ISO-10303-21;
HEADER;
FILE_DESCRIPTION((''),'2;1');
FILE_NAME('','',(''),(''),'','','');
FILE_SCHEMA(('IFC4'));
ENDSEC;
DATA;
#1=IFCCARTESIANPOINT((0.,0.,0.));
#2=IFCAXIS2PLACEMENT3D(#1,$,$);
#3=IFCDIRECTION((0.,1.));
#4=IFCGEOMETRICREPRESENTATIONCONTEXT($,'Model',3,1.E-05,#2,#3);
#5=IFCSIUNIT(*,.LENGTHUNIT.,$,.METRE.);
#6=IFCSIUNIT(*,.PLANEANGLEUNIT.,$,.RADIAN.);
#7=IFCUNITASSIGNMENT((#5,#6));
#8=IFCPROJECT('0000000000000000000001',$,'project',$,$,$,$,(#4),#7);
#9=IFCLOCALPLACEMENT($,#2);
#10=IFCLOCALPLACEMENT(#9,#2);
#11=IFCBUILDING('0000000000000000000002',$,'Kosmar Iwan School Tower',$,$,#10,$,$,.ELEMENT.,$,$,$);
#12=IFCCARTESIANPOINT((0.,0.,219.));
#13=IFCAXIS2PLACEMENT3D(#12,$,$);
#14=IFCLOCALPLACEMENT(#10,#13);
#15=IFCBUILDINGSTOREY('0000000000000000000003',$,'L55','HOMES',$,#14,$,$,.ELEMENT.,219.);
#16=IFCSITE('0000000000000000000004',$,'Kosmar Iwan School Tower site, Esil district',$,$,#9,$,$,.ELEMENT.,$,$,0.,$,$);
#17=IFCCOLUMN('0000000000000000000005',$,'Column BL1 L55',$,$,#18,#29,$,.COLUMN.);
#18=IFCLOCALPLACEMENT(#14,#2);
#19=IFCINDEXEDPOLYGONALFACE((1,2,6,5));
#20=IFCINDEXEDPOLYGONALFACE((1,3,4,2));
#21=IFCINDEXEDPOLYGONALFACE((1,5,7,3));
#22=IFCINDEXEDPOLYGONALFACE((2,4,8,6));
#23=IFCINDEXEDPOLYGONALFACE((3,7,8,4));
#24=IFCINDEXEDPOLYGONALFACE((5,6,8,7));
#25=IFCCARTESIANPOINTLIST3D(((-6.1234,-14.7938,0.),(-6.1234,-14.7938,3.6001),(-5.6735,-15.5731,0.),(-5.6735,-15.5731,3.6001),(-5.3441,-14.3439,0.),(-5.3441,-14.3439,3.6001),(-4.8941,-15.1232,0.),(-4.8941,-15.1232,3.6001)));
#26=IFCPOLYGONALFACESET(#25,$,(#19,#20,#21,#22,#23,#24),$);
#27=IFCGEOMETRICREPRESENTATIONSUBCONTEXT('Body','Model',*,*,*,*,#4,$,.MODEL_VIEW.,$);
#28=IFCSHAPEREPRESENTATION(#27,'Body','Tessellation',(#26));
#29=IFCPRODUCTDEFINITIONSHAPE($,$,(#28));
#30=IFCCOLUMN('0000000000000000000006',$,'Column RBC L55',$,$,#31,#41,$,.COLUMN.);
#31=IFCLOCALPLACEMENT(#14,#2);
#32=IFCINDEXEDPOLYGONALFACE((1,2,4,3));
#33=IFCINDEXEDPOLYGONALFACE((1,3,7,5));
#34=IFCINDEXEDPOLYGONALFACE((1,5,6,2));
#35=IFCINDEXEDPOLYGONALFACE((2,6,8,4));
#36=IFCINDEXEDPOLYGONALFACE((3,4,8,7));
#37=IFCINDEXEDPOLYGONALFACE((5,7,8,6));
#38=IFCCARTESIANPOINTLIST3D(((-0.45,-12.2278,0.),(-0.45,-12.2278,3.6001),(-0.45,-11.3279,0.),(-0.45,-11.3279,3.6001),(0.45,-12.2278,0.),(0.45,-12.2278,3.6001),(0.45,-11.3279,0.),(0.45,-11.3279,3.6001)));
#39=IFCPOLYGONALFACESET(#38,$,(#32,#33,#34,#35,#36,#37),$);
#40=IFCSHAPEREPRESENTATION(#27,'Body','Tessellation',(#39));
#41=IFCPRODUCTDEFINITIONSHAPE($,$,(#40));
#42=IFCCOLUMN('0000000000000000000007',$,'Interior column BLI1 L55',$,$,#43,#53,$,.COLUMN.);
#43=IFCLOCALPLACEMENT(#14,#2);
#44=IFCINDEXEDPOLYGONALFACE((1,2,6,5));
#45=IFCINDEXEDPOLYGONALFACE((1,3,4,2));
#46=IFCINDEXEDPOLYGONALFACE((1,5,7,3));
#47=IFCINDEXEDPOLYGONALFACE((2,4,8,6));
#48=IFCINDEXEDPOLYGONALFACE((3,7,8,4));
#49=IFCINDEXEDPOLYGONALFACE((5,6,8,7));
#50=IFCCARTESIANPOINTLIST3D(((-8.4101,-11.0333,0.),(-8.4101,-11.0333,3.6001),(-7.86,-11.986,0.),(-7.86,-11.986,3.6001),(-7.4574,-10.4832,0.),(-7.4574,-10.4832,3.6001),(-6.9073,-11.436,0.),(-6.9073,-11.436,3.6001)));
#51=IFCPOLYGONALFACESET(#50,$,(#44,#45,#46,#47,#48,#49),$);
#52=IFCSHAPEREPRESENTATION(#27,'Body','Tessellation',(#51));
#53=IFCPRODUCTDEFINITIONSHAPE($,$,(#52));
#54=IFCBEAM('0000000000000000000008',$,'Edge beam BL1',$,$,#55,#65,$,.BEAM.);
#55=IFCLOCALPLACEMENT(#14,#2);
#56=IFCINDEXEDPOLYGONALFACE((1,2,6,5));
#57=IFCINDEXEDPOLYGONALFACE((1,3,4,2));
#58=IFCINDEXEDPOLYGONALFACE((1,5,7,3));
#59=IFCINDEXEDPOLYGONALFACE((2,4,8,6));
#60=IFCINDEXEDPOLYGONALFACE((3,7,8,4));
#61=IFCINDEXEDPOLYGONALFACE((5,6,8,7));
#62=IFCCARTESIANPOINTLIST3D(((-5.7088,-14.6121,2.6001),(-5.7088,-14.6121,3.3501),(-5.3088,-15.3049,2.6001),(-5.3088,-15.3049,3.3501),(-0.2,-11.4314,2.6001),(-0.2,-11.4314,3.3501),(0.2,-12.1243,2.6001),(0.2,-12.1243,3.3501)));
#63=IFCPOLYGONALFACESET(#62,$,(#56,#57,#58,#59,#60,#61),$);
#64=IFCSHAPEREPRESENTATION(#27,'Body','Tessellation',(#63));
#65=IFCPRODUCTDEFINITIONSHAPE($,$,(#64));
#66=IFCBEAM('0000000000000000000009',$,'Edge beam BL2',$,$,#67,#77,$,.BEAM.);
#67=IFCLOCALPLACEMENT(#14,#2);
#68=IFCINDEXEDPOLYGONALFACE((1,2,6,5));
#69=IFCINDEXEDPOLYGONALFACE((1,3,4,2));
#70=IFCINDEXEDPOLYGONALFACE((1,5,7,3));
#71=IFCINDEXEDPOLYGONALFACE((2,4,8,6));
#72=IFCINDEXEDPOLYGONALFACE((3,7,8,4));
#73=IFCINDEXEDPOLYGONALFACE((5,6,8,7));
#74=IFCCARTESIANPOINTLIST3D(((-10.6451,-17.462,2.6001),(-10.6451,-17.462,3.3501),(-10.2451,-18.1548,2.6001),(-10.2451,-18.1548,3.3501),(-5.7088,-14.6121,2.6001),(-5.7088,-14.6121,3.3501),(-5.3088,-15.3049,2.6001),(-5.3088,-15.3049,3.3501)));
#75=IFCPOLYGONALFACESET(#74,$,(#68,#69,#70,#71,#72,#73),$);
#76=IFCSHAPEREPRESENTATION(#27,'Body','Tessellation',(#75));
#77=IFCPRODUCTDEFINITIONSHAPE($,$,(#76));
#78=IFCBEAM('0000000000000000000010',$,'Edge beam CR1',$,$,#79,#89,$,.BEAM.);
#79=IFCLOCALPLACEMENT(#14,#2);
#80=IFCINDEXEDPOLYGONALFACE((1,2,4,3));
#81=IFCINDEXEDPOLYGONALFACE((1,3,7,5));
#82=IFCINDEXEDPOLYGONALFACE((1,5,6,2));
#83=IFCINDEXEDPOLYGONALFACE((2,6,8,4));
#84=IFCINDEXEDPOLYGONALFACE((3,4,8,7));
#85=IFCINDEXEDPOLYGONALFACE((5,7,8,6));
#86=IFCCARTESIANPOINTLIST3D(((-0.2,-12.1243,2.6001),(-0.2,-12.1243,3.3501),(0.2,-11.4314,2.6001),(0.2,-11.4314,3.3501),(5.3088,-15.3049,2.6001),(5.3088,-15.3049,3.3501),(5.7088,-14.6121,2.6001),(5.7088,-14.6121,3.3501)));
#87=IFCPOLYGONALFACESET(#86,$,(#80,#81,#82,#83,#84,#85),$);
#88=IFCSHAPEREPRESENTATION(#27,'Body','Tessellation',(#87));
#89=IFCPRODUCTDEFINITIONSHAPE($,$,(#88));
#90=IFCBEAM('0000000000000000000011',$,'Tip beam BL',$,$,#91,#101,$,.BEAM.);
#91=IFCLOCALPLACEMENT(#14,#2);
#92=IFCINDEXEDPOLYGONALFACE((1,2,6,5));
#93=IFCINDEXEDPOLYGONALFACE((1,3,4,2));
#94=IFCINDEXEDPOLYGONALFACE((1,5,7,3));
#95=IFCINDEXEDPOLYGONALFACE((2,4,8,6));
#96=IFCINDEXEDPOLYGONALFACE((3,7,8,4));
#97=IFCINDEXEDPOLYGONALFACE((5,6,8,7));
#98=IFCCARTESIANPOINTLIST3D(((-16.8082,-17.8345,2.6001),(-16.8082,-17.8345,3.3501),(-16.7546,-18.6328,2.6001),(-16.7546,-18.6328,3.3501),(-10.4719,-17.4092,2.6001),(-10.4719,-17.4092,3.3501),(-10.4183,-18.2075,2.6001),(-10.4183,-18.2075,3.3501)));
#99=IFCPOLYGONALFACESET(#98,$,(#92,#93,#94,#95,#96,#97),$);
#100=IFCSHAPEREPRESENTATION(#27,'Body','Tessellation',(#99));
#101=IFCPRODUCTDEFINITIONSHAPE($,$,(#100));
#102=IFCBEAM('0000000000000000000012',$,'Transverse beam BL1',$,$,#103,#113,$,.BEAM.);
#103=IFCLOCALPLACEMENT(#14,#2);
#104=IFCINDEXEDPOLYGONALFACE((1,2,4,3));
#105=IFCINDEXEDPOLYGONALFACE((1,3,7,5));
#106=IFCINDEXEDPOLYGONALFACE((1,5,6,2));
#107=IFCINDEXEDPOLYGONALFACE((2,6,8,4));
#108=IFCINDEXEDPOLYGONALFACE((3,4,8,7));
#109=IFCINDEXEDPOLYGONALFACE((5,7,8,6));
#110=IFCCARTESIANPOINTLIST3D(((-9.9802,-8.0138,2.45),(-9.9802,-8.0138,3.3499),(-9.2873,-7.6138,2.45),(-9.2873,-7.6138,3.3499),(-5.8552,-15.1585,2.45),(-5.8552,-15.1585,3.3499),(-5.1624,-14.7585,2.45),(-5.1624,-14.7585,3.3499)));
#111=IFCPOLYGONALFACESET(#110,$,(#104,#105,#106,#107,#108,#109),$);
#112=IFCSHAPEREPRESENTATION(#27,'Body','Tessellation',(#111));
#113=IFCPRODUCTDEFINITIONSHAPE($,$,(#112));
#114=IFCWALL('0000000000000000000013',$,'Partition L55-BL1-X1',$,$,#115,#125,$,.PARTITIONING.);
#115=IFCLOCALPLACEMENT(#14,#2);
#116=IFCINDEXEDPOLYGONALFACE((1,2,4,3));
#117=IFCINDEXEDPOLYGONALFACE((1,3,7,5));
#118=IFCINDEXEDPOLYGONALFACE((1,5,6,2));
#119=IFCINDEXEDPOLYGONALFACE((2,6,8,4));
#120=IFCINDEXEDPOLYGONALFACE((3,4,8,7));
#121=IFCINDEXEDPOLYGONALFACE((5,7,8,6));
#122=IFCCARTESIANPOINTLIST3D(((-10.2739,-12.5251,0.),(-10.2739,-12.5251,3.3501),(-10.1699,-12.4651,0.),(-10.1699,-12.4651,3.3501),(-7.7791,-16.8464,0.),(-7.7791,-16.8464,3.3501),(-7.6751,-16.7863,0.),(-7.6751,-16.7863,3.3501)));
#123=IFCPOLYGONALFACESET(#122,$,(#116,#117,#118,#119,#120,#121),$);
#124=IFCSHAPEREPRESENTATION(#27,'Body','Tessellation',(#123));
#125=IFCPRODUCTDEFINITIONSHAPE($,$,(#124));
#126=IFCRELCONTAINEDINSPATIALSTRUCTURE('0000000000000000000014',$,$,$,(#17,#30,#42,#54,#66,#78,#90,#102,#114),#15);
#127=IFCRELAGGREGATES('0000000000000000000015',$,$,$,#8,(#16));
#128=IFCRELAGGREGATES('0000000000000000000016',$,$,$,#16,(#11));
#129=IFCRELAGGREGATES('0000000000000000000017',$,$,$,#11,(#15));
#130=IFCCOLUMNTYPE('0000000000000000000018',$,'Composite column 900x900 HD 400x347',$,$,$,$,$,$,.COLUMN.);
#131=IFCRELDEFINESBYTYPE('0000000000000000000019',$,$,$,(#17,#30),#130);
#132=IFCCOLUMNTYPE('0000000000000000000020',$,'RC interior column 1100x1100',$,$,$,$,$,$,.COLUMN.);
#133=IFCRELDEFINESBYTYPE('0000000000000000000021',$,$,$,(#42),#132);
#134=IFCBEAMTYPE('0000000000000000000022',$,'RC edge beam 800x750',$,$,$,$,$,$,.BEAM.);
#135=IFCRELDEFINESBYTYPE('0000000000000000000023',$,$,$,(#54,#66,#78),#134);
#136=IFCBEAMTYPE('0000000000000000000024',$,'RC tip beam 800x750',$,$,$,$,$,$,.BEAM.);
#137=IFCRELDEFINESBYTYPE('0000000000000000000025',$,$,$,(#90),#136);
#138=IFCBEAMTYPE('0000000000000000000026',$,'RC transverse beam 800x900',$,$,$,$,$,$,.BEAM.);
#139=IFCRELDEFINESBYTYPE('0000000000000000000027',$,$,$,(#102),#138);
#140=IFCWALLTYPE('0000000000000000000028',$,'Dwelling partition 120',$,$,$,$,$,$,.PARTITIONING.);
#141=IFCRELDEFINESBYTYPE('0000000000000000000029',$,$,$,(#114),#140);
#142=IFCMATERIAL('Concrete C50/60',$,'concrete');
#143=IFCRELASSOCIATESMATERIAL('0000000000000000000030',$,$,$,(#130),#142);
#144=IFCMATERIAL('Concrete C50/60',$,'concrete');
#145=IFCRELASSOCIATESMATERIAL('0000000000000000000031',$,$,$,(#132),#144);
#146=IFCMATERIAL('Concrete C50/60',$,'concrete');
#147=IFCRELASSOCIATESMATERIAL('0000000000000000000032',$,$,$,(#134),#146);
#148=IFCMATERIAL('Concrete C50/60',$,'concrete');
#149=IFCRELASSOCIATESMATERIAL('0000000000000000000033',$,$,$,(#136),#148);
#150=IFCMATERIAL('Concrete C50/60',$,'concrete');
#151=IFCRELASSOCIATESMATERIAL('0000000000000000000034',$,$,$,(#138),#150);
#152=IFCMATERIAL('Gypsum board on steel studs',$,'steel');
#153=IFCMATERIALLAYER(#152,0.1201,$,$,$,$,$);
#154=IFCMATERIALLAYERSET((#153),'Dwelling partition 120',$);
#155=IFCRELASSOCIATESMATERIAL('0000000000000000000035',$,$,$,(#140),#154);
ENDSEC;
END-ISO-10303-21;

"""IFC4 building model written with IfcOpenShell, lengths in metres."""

from ifc_helpers import new_model, si_unit, direction, frame, frame_2d, origin, origin_2d, place, context, subcontext, project, spatial, rectangle, extrude, material, layer, layer_set, material_profile, profile_set, type_object, element, save


model = new_model("IFC4")

# Units and contexts
model_context = context("Model", 3, precision=1e-05, world=origin(), true_north=direction((0.0, 1.0)))
body_context = subcontext(model_context, "Body", "Model", "MODEL_VIEW")
ifc_project = project(units=[si_unit("LENGTHUNIT", "METRE"), si_unit("PLANEANGLEUNIT", "RADIAN")], contexts=[model_context])

# Site, building, storey
site_placement = place(None, origin())
site = spatial("IfcSite", under=ifc_project, at=site_placement, Name="Kosmar Iwan School Tower site, Esil district", CompositionType="ELEMENT", RefElevation=0.0)
building_placement = place(site_placement, origin())
building = spatial("IfcBuilding", under=site, at=building_placement, Name="Kosmar Iwan School Tower", CompositionType="ELEMENT")
storey_placement = place(building_placement, frame((0.0, 0.0, 219.0)))
storey = spatial("IfcBuildingStorey", under=building, at=storey_placement, Name="L55", Description="HOMES", CompositionType="ELEMENT", Elevation=219.0)

# Columns
ifc_material_1 = material(Name="Concrete C50/60", Category="concrete")
ifc_material_profile_1 = material_profile(ifc_material_1, rectangle(XDim=0.8999, YDim=0.8999, at=origin_2d()), Name="RC 900x900 + HD 400x347")
ifc_profile_set_1 = profile_set([ifc_material_profile_1], Name="Concrete C50/60")
column_type_1 = type_object("IfcColumnType", Name="Composite column 900x900 HD 400x347", PredefinedType="COLUMN", material=ifc_profile_set_1)
for number, where, z_axis, x_axis, name in (
    (1, (-5.5088, -14.9585, 0.0), (0.0, 0.0, 1.0), (-0.866025, -0.5, 0.0), "Column BL1 L55"),
    (2, (0.0, -11.7778, 0.0), (0.0, 0.0, 1.0), (1.0, 0.0, 0.0), "Column RBC L55"),
):
    element("IfcColumn", number, at=place(storey_placement, frame(where, z_axis=z_axis, x_axis=x_axis)), inside=storey, type_object=column_type_1, Name=name, PredefinedType="COLUMN", context=body_context, shape_type="SweptSolid", body=[
        extrude(rectangle(XDim=0.8999, YDim=0.8999, at=origin_2d()), origin(), (0.0, 0.0, 1.0), 3.6001),
    ])
ifc_material_2 = material(Name="Concrete C50/60", Category="concrete")
ifc_material_profile_2 = material_profile(ifc_material_2, rectangle(XDim=1.1001, YDim=1.1001, at=origin_2d()), Name="RC 1100x1100")
ifc_profile_set_2 = profile_set([ifc_material_profile_2], Name="Concrete C50/60")
column_type_2 = type_object("IfcColumnType", Name="RC interior column 1100x1100", PredefinedType="COLUMN", material=ifc_profile_set_2)
column_placement = place(storey_placement, frame((-7.6587, -11.2346, 0.0), z_axis=(0.0, 0.0, 1.0), x_axis=(-0.866025, -0.5, 0.0)))
element("IfcColumn", 3, at=column_placement, inside=storey, type_object=column_type_2, Name="Interior column BLI1 L55", PredefinedType="COLUMN", context=body_context, shape_type="SweptSolid", body=[
    extrude(rectangle(XDim=1.1001, YDim=1.1001, at=origin_2d()), origin(), (0.0, 0.0, 1.0), 3.6001),
])

# Beams
ifc_material_3 = material(Name="Concrete C50/60", Category="concrete")
ifc_material_profile_3 = material_profile(ifc_material_3, rectangle(XDim=0.8, YDim=0.75, at=origin_2d()), Name="RC 800x750")
ifc_profile_set_3 = profile_set([ifc_material_profile_3], Name="Concrete C50/60")
beam_type_1 = type_object("IfcBeamType", Name="RC edge beam 800x750", PredefinedType="BEAM", material=ifc_profile_set_3)
beam_1_placement = place(storey_placement, frame((0.0, -11.7778, 2.9751), z_axis=(-0.866014, -0.500019, 0.0), x_axis=(0.500019, -0.866014, 0.0)))
element("IfcBeam", 4, at=beam_1_placement, inside=storey, type_object=beam_type_1, Name="Edge beam BL1", PredefinedType="BEAM", context=body_context, shape_type="SweptSolid", body=[
    extrude(rectangle(XDim=0.8, YDim=0.75, at=origin_2d()), origin(), (0.0, 0.0, 1.0), 6.3611),
])
beam_2_placement = place(storey_placement, frame((-5.5088, -14.9585, 2.9751), z_axis=(-0.866034, -0.499986, 0.0), x_axis=(0.499986, -0.866034, 0.0)))
element("IfcBeam", 5, at=beam_2_placement, inside=storey, type_object=beam_type_1, Name="Edge beam BL2", PredefinedType="BEAM", context=body_context, shape_type="SweptSolid", body=[
    extrude(rectangle(XDim=0.8, YDim=0.75, at=origin_2d()), origin(), (0.0, 0.0, 1.0), 5.7),
])
beam_3_placement = place(storey_placement, frame((0.0, -11.7778, 2.9751), z_axis=(0.866014, -0.500019, 0.0), x_axis=(0.500019, 0.866014, 0.0)))
element("IfcBeam", 6, at=beam_3_placement, inside=storey, type_object=beam_type_1, Name="Edge beam CR1", PredefinedType="BEAM", context=body_context, shape_type="SweptSolid", body=[
    extrude(rectangle(XDim=0.8, YDim=0.75, at=origin_2d()), origin(), (0.0, 0.0, 1.0), 6.3611),
])
ifc_material_4 = material(Name="Concrete C50/60", Category="concrete")
ifc_material_profile_4 = material_profile(ifc_material_4, rectangle(XDim=0.8, YDim=0.75, at=origin_2d()), Name="RC 800x750")
ifc_profile_set_4 = profile_set([ifc_material_profile_4], Name="Concrete C50/60")
beam_type_2 = type_object("IfcBeamType", Name="RC tip beam 800x750", PredefinedType="BEAM", material=ifc_profile_set_4)
beam_4_placement = place(storey_placement, frame((-10.4451, -17.8083, 2.9751), z_axis=(-0.997755, -0.066968, 0.0), x_axis=(0.066968, -0.997755, 0.0)))
element("IfcBeam", 7, at=beam_4_placement, inside=storey, type_object=beam_type_2, Name="Tip beam BL", PredefinedType="BEAM", context=body_context, shape_type="SweptSolid", body=[
    extrude(rectangle(XDim=0.8, YDim=0.75, at=origin_2d()), origin(), (0.0, 0.0, 1.0), 6.3506),
])
ifc_material_5 = material(Name="Concrete C50/60", Category="concrete")
ifc_material_profile_5 = material_profile(ifc_material_5, rectangle(XDim=0.8, YDim=0.8999, at=origin_2d()), Name="RC 800x900")
ifc_profile_set_5 = profile_set([ifc_material_profile_5], Name="Concrete C50/60")
beam_type_3 = type_object("IfcBeamType", Name="RC transverse beam 800x900", PredefinedType="BEAM", material=ifc_profile_set_5)
beam_5_placement = place(storey_placement, frame((-5.5088, -14.9585, 2.8999), z_axis=(-0.499997, 0.866027, 0.0), x_axis=(-0.866027, -0.499997, 0.0)))
element("IfcBeam", 8, at=beam_5_placement, inside=storey, type_object=beam_type_3, Name="Transverse beam BL1", PredefinedType="BEAM", context=body_context, shape_type="SweptSolid", body=[
    extrude(rectangle(XDim=0.8, YDim=0.8999, at=origin_2d()), origin(), (0.0, 0.0, 1.0), 8.25),
])

# Wall
ifc_material_6 = material(Name="Gypsum board on steel studs", Category="steel")
ifc_layer_1 = layer(ifc_material_6, 0.1201)
ifc_layer_set_1 = layer_set([ifc_layer_1], Name="Dwelling partition 120")
wall_type_1 = type_object("IfcWallType", Name="Dwelling partition 120", PredefinedType="PARTITIONING", material=ifc_layer_set_1)
wall_1_placement = place(storey_placement, frame((-10.2219, -12.4951, 0.0), z_axis=(0.0, 0.0, 1.0), x_axis=(0.499996, -0.866028, 0.0)))
element("IfcWall", 9, at=wall_1_placement, inside=storey, type_object=wall_type_1, Name="Partition L55-BL1-X1", PredefinedType="PARTITIONING", context=body_context, shape_type="SweptSolid", body=[
    extrude(rectangle(XDim=4.9897, YDim=0.1201, at=frame_2d((2.4949, 0.0))), origin(), (0.0, 0.0, 1.0), 3.3501),
])

save(model, "model.ifc")
